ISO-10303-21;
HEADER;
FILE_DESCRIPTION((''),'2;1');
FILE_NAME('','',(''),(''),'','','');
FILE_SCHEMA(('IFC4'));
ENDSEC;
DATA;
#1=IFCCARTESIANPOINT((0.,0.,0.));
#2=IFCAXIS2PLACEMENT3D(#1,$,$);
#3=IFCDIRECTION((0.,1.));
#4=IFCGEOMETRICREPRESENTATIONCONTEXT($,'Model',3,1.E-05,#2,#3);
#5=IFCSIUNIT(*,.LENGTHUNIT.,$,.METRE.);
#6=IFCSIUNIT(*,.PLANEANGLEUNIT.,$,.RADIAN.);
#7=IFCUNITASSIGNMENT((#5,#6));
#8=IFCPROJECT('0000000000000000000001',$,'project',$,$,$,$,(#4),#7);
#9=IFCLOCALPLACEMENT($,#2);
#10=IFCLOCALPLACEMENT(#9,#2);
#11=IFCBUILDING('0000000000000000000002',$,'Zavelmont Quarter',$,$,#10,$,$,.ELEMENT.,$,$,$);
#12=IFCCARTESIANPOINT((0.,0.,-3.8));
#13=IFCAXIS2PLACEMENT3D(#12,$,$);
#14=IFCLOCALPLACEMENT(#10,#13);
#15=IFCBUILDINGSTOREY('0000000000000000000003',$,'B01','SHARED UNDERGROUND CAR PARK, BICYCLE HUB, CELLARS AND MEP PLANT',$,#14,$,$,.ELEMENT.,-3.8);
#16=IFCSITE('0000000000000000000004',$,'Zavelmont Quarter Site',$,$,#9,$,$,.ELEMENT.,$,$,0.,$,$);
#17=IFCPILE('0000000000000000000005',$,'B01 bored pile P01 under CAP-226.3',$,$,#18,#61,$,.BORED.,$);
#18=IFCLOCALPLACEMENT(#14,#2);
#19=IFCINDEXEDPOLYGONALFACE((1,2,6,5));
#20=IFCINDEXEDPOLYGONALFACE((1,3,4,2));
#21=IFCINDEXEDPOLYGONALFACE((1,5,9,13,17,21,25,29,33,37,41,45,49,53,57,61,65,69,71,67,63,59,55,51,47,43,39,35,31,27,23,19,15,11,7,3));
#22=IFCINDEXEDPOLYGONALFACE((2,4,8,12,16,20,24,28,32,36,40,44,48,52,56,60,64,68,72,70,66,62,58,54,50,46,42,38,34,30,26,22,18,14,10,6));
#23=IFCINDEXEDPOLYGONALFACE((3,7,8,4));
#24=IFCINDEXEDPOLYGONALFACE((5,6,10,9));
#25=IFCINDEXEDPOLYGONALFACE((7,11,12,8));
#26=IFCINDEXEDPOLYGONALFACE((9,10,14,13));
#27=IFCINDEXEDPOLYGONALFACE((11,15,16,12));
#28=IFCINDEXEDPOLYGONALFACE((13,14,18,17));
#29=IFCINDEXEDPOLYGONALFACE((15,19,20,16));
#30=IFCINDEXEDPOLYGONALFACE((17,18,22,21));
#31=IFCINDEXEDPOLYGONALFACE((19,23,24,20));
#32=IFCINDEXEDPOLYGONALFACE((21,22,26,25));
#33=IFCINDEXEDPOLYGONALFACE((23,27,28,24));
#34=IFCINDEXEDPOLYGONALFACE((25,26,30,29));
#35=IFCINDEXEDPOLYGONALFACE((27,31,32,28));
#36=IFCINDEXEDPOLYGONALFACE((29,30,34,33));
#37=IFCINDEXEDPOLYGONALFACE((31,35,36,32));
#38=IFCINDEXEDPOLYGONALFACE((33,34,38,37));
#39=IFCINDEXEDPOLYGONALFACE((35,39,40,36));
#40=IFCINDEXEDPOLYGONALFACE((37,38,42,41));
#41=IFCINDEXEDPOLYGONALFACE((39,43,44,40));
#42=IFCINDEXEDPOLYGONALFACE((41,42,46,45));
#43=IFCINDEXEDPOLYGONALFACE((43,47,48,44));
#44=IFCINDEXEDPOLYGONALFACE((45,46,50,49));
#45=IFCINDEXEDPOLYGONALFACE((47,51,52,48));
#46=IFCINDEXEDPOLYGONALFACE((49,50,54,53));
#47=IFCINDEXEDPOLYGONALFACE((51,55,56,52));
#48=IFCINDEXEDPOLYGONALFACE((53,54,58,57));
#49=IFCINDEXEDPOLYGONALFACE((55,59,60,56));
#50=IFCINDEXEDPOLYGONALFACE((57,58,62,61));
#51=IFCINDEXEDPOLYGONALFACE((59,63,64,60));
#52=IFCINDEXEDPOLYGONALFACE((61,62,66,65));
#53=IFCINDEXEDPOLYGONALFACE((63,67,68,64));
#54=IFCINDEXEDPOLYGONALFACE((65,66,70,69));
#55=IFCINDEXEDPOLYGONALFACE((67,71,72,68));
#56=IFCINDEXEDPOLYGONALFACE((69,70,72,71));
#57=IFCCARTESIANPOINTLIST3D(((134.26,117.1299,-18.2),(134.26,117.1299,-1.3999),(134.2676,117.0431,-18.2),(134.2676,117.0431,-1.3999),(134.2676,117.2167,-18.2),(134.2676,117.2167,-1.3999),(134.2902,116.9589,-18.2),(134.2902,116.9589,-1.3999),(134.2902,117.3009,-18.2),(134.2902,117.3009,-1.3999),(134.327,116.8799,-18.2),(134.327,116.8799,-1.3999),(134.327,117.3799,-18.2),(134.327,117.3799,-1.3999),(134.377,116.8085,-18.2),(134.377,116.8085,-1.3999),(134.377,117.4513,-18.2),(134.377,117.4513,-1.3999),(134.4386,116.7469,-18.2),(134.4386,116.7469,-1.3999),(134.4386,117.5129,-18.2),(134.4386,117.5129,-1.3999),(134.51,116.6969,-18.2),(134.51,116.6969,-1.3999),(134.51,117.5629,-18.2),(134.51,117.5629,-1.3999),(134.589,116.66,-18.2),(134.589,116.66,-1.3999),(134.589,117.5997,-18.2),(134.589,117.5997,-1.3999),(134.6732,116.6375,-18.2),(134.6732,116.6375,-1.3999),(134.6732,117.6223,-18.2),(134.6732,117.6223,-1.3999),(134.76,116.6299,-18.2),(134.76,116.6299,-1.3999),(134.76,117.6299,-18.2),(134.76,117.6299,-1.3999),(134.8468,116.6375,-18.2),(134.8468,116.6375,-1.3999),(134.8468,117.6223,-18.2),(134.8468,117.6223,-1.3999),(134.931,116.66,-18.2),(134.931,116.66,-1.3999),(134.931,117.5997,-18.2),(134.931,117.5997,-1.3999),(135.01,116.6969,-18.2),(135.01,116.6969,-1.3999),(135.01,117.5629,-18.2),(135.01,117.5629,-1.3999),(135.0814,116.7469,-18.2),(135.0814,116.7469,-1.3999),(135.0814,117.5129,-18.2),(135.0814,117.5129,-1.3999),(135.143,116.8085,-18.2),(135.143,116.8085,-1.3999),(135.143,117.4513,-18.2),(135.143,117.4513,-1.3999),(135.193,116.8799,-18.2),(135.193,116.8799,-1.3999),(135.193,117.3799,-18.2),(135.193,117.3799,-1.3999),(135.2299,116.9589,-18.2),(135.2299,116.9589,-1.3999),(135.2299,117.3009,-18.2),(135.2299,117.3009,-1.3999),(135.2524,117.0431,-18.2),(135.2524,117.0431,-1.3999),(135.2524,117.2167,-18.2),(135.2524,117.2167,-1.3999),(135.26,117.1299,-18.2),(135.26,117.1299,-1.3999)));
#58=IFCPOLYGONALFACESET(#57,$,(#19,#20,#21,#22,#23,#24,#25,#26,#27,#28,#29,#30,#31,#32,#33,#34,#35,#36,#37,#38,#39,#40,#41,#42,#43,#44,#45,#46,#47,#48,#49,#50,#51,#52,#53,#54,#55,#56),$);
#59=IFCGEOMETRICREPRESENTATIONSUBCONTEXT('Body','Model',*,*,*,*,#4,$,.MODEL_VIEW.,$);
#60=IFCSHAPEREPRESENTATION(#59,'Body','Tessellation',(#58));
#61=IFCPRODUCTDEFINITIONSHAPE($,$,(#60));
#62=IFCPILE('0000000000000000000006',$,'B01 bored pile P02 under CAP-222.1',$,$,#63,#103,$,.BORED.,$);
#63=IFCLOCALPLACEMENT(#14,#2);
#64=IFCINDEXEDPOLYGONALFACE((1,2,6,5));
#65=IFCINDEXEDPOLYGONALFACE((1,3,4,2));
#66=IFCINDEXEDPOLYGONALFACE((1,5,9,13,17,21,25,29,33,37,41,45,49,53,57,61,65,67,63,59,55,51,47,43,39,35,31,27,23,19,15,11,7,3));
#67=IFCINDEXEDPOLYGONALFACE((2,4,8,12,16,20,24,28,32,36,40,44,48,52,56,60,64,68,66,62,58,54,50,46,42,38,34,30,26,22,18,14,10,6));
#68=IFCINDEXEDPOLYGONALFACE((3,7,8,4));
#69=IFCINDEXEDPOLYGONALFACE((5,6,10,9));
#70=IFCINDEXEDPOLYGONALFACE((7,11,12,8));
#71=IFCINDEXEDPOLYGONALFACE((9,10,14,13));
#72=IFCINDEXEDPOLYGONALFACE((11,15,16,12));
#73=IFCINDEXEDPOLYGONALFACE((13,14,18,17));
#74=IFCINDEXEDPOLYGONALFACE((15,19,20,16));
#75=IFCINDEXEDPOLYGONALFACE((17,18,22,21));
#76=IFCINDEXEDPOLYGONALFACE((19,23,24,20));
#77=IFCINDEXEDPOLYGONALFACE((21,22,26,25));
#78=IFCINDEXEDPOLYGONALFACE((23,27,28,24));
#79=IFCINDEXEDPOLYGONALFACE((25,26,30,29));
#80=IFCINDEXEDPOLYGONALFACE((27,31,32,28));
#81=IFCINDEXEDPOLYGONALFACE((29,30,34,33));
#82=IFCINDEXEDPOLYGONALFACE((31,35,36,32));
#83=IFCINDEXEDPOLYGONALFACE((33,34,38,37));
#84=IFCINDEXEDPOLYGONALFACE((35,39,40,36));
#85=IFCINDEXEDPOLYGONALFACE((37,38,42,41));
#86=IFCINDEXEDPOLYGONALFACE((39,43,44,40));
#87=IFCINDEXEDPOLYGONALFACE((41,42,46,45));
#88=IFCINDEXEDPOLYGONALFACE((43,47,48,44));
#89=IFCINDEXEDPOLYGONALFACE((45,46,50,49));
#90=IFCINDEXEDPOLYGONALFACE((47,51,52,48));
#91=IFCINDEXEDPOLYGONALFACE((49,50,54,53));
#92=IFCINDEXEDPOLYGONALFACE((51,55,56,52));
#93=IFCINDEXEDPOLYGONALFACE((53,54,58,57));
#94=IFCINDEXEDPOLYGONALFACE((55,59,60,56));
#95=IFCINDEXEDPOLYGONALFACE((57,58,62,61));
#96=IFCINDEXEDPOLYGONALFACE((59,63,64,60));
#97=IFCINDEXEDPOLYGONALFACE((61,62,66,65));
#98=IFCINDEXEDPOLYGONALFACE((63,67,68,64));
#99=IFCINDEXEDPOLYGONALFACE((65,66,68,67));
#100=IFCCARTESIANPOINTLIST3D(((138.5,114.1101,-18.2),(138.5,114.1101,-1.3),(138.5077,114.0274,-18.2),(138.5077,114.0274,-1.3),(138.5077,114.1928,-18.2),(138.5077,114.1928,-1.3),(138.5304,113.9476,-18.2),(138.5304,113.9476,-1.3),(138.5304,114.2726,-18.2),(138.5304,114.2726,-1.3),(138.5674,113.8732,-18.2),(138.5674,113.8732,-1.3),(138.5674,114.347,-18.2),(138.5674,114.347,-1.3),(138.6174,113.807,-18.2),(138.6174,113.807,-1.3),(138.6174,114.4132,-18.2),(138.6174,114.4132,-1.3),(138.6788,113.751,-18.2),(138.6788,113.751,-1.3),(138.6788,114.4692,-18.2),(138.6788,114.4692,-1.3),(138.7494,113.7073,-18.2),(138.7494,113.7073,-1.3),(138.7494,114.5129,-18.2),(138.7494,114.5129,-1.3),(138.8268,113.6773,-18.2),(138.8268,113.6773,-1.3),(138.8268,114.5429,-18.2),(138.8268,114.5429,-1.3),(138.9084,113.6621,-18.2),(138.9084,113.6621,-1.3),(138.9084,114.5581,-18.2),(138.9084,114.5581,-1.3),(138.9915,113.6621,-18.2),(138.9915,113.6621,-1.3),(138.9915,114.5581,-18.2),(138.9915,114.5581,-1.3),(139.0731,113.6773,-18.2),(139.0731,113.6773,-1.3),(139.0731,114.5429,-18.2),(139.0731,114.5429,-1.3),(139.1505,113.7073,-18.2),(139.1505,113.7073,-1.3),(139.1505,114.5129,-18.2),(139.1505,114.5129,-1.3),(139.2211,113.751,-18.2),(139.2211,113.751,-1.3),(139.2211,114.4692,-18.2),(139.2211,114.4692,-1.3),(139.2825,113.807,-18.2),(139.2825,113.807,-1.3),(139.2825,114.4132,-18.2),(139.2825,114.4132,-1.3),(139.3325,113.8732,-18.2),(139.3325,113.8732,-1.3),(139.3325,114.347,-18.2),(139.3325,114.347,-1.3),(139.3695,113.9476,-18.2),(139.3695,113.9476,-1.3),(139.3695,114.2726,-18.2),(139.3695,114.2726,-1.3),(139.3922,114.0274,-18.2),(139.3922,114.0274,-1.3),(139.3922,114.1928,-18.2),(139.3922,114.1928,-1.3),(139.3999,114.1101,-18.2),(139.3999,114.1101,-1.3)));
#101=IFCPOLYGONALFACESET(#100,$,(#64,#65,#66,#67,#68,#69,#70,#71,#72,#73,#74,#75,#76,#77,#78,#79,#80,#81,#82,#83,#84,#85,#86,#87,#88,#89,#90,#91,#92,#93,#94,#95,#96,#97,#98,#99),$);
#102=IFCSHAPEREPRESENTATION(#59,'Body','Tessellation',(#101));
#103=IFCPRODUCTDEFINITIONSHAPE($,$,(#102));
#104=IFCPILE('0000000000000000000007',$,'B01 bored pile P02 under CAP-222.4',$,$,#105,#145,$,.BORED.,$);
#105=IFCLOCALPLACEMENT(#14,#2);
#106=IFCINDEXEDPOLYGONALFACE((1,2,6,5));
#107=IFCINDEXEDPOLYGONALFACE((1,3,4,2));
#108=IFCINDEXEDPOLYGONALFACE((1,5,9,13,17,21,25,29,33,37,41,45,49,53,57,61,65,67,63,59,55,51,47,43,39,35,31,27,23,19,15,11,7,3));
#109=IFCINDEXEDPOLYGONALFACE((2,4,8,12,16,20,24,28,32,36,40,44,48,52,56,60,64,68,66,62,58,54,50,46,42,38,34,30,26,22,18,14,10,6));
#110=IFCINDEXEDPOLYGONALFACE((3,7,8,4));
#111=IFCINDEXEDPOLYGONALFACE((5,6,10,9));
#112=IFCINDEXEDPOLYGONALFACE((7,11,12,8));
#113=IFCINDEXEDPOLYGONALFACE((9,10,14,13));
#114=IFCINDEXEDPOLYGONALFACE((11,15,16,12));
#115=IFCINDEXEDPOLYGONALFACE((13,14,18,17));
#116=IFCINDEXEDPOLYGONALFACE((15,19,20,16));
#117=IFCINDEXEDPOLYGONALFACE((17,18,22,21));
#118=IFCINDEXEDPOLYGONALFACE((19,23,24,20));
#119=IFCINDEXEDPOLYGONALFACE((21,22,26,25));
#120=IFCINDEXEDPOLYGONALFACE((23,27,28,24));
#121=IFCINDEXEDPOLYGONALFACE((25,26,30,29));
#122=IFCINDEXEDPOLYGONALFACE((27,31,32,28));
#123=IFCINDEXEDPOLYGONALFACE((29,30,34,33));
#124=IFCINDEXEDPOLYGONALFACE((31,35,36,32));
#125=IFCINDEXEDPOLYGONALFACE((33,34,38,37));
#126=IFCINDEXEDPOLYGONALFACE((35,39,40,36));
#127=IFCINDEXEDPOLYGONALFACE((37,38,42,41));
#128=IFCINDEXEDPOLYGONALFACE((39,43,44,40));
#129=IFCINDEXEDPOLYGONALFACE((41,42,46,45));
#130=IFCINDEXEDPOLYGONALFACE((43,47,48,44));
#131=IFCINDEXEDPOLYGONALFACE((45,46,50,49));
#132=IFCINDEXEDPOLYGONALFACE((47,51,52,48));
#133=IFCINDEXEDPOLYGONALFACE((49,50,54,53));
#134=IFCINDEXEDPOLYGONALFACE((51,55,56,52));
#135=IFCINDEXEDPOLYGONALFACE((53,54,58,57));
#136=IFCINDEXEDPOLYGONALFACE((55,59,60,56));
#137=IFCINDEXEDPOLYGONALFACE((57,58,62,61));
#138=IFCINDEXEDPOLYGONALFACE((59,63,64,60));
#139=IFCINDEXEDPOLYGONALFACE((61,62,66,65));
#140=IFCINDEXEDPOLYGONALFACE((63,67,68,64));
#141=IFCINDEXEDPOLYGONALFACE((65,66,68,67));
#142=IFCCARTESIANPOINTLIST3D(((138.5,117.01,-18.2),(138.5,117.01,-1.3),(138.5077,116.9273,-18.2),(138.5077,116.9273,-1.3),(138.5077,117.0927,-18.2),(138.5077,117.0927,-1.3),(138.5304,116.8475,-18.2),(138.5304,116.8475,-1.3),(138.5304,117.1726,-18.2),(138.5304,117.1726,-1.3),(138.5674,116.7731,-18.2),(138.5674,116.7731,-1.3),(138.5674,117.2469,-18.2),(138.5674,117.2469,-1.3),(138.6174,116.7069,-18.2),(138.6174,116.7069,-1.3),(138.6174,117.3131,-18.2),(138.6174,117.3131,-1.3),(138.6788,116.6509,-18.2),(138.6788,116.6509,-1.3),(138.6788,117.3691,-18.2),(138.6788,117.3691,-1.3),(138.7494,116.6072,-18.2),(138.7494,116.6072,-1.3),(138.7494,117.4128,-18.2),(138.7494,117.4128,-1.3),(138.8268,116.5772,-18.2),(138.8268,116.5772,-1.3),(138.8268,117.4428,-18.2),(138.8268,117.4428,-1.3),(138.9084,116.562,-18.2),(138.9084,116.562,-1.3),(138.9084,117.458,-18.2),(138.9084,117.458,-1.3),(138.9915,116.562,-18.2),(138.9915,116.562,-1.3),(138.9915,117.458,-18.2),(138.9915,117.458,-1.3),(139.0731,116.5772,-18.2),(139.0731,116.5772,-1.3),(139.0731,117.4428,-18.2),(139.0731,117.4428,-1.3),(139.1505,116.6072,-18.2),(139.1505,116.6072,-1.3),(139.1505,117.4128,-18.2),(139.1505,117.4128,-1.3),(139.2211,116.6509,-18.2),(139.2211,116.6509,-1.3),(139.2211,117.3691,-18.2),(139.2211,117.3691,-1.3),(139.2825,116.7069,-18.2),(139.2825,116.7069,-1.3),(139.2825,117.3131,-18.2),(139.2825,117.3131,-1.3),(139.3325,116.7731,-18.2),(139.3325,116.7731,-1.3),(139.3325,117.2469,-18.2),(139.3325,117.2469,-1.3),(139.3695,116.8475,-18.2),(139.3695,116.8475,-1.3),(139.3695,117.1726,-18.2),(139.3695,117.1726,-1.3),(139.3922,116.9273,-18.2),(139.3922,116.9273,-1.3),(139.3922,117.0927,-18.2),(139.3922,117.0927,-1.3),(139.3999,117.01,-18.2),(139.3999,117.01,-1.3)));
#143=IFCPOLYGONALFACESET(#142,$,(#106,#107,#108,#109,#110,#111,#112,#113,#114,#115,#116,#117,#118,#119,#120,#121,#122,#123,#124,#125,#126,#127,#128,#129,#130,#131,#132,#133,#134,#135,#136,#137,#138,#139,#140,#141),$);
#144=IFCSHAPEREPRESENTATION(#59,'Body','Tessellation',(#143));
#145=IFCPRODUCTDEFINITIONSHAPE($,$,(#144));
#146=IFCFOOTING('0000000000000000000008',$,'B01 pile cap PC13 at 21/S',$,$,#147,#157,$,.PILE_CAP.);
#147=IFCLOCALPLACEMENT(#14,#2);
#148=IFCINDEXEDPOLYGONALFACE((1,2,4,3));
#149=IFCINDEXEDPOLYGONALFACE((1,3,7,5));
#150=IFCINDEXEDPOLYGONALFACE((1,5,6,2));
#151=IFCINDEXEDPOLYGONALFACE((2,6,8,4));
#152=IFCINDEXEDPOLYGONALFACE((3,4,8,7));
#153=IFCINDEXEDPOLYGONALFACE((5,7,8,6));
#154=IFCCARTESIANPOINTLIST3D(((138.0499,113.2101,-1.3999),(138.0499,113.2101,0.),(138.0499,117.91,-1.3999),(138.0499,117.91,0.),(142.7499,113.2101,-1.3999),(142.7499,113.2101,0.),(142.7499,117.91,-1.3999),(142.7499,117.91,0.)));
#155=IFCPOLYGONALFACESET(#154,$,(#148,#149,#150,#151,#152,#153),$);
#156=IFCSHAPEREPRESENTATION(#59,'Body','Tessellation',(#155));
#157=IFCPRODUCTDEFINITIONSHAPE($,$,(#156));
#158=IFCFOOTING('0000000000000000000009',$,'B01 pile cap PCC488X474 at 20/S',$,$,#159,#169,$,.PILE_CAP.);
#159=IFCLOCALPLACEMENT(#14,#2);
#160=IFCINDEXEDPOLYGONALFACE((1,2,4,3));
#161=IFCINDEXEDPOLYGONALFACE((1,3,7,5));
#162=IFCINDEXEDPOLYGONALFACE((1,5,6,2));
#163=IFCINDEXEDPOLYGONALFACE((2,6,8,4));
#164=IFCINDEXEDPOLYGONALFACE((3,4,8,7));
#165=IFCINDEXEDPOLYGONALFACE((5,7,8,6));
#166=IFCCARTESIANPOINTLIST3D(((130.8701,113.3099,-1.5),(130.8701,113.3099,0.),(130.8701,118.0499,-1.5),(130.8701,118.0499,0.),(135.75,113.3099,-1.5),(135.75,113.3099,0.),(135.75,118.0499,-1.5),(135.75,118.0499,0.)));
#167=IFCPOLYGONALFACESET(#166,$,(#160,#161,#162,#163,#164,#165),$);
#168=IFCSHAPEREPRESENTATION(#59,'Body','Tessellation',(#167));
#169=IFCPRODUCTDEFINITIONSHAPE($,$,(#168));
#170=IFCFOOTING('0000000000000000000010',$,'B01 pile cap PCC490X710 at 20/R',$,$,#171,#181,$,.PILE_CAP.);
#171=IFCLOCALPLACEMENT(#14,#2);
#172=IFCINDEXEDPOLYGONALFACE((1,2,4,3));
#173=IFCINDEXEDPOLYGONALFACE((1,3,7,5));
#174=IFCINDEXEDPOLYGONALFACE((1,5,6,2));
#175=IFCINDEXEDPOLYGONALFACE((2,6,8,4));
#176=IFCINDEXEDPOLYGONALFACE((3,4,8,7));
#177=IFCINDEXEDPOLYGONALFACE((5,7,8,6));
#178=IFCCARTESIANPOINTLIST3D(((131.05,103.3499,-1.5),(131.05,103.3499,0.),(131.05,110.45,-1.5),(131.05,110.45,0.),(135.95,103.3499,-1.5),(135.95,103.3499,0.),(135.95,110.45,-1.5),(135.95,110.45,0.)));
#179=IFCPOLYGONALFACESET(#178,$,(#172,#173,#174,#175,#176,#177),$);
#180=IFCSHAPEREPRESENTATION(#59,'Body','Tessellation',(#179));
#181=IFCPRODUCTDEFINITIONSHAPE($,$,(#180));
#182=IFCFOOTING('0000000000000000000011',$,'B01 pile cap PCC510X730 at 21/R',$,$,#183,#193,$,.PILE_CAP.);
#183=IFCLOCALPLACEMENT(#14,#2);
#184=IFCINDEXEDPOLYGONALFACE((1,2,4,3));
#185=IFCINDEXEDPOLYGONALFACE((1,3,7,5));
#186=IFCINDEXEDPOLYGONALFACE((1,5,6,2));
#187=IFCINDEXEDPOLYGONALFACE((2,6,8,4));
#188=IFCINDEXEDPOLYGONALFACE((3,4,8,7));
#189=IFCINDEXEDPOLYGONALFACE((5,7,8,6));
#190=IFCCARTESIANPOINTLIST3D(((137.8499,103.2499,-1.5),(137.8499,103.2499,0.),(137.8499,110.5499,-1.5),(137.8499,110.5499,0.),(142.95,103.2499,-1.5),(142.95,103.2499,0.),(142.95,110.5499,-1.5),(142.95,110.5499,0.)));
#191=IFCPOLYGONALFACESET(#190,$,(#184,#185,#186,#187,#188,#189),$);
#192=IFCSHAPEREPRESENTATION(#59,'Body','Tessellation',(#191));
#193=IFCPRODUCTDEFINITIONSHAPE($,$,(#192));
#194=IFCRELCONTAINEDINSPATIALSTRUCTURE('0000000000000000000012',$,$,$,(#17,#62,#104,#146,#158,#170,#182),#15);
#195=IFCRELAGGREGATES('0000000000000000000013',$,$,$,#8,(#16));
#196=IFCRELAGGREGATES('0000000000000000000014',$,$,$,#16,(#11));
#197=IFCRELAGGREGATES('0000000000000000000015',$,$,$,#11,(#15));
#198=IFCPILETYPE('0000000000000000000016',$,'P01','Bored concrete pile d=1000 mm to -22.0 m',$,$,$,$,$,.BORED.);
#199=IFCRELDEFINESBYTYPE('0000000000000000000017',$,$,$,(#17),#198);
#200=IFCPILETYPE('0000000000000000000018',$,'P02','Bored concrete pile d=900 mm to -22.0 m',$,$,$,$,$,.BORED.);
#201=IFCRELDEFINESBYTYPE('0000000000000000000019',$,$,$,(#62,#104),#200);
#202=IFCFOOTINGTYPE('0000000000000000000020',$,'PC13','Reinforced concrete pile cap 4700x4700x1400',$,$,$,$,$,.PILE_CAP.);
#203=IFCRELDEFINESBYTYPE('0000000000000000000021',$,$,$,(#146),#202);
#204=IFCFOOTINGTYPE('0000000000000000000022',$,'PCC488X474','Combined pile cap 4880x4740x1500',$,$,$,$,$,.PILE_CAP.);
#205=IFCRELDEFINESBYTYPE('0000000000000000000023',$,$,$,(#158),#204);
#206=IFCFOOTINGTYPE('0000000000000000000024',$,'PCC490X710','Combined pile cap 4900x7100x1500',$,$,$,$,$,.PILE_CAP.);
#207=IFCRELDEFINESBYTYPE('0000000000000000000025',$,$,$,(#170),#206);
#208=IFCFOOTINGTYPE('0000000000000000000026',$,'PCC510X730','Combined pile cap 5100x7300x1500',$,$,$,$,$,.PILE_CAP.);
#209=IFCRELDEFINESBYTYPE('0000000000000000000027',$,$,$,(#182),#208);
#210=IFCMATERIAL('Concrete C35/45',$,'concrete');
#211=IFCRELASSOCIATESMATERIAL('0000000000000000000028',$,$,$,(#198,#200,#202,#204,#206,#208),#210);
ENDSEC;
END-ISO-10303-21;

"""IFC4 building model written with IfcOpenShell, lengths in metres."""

from ifc_helpers import new_model, si_unit, direction, frame, origin, origin_2d, place, context, subcontext, project, spatial, rectangle, circle, extrude, material, material_profile, profile_set, type_object, element, save


model = new_model("IFC4")

# Units and contexts
model_context = context("Model", 3, precision=1e-05, world=origin(), true_north=direction((0.0, 1.0)))
body_context = subcontext(model_context, "Body", "Model", "MODEL_VIEW")
ifc_project = project(units=[si_unit("LENGTHUNIT", "METRE"), si_unit("PLANEANGLEUNIT", "RADIAN")], contexts=[model_context])

# Site, building, storey
site_placement = place(None, origin())
site = spatial("IfcSite", under=ifc_project, at=site_placement, Name="Zavelmont Quarter Site", CompositionType="ELEMENT", RefElevation=0.0)
building_placement = place(site_placement, origin())
building = spatial("IfcBuilding", under=site, at=building_placement, Name="Zavelmont Quarter", CompositionType="ELEMENT")
storey_placement = place(building_placement, frame((0.0, 0.0, -3.8)))
storey = spatial("IfcBuildingStorey", under=building, at=storey_placement, Name="B01", Description="SHARED UNDERGROUND CAR PARK, BICYCLE HUB, CELLARS AND MEP PLANT", CompositionType="ELEMENT", Elevation=-3.8)

# Shared definitions
ifc_material_1 = material(Name="Concrete C35/45", Category="concrete")

# Piles
ifc_material_profile_1 = material_profile(ifc_material_1, circle(Radius=0.5, at=origin_2d()), Name="BP1000")
ifc_profile_set_1 = profile_set([ifc_material_profile_1], Name="Concrete C35/45")
pile_type_1 = type_object("IfcPileType", Name="P01", Description="Bored concrete pile d=1000 mm to -22.0 m", PredefinedType="BORED", material=ifc_profile_set_1)
for number, where, z_axis, x_axis, name in (
    (1, (134.76, 117.1299, -1.3999), (0.0, 0.0, -1.0), (1.0, 0.0, 0.0), "B01 bored pile P01 under CAP-226.3"),
):
    element("IfcPile", number, at=place(storey_placement, frame(where, z_axis=z_axis, x_axis=x_axis)), inside=storey, type_object=pile_type_1, Name=name, PredefinedType="BORED", context=body_context, shape_type="SweptSolid", body=[
        extrude(circle(Radius=0.5, at=origin_2d()), origin(), (0.0, 0.0, 1.0), 16.8),
    ])
ifc_material_profile_2 = material_profile(ifc_material_1, circle(Radius=0.45, at=origin_2d()), Name="BP900")
ifc_profile_set_2 = profile_set([ifc_material_profile_2], Name="Concrete C35/45")
pile_type_2 = type_object("IfcPileType", Name="P02", Description="Bored concrete pile d=900 mm to -22.0 m", PredefinedType="BORED", material=ifc_profile_set_2)
for number, where, z_axis, x_axis, name in (
    (2, (138.95, 114.1101, -1.3), (0.0, 0.0, -1.0), (1.0, 0.0, 0.0), "B01 bored pile P02 under CAP-222.1"),
    (3, (138.95, 117.01, -1.3), (0.0, 0.0, -1.0), (1.0, 0.0, 0.0), "B01 bored pile P02 under CAP-222.4"),
):
    element("IfcPile", number, at=place(storey_placement, frame(where, z_axis=z_axis, x_axis=x_axis)), inside=storey, type_object=pile_type_2, Name=name, PredefinedType="BORED", context=body_context, shape_type="SweptSolid", body=[
        extrude(circle(Radius=0.45, at=origin_2d()), origin(), (0.0, 0.0, 1.0), 16.8999),
    ])

# Footings
footing_type_1 = type_object("IfcFootingType", Name="PC13", Description="Reinforced concrete pile cap 4700x4700x1400", PredefinedType="PILE_CAP", material=ifc_material_1)
footing_1_placement = place(storey_placement, frame((140.3999, 115.5601, -1.3999), z_axis=(0.0, 0.0, 1.0), x_axis=(1.0, 0.0, 0.0)))
element("IfcFooting", 4, at=footing_1_placement, inside=storey, type_object=footing_type_1, Name="B01 pile cap PC13 at 21/S", PredefinedType="PILE_CAP", context=body_context, shape_type="SweptSolid", body=[
    extrude(rectangle(XDim=4.7, YDim=4.7, at=origin_2d()), origin(), (0.0, 0.0, 1.0), 1.3999),
])
footing_type_2 = type_object("IfcFootingType", Name="PCC488X474", Description="Combined pile cap 4880x4740x1500", PredefinedType="PILE_CAP", material=ifc_material_1)
footing_2_placement = place(storey_placement, frame((133.3101, 115.6799, -1.5), z_axis=(0.0, 0.0, 1.0), x_axis=(1.0, 0.0, 0.0)))
element("IfcFooting", 5, at=footing_2_placement, inside=storey, type_object=footing_type_2, Name="B01 pile cap PCC488X474 at 20/S", PredefinedType="PILE_CAP", context=body_context, shape_type="SweptSolid", body=[
    extrude(rectangle(XDim=4.8799, YDim=4.74, at=origin_2d()), origin(), (0.0, 0.0, 1.0), 1.5),
])
footing_type_3 = type_object("IfcFootingType", Name="PCC490X710", Description="Combined pile cap 4900x7100x1500", PredefinedType="PILE_CAP", material=ifc_material_1)
footing_3_placement = place(storey_placement, frame((133.5, 106.8999, -1.5), z_axis=(0.0, 0.0, 1.0), x_axis=(1.0, 0.0, 0.0)))
element("IfcFooting", 6, at=footing_3_placement, inside=storey, type_object=footing_type_3, Name="B01 pile cap PCC490X710 at 20/R", PredefinedType="PILE_CAP", context=body_context, shape_type="SweptSolid", body=[
    extrude(rectangle(XDim=4.8999, YDim=7.1001, at=origin_2d()), origin(), (0.0, 0.0, 1.0), 1.5),
])
footing_type_4 = type_object("IfcFootingType", Name="PCC510X730", Description="Combined pile cap 5100x7300x1500", PredefinedType="PILE_CAP", material=ifc_material_1)
footing_4_placement = place(storey_placement, frame((140.3999, 106.8999, -1.5), z_axis=(0.0, 0.0, 1.0), x_axis=(1.0, 0.0, 0.0)))
element("IfcFooting", 7, at=footing_4_placement, inside=storey, type_object=footing_type_4, Name="B01 pile cap PCC510X730 at 21/R", PredefinedType="PILE_CAP", context=body_context, shape_type="SweptSolid", body=[
    extrude(rectangle(XDim=5.1001, YDim=7.3, at=origin_2d()), origin(), (0.0, 0.0, 1.0), 1.5),
])

save(model, "model.ifc")
